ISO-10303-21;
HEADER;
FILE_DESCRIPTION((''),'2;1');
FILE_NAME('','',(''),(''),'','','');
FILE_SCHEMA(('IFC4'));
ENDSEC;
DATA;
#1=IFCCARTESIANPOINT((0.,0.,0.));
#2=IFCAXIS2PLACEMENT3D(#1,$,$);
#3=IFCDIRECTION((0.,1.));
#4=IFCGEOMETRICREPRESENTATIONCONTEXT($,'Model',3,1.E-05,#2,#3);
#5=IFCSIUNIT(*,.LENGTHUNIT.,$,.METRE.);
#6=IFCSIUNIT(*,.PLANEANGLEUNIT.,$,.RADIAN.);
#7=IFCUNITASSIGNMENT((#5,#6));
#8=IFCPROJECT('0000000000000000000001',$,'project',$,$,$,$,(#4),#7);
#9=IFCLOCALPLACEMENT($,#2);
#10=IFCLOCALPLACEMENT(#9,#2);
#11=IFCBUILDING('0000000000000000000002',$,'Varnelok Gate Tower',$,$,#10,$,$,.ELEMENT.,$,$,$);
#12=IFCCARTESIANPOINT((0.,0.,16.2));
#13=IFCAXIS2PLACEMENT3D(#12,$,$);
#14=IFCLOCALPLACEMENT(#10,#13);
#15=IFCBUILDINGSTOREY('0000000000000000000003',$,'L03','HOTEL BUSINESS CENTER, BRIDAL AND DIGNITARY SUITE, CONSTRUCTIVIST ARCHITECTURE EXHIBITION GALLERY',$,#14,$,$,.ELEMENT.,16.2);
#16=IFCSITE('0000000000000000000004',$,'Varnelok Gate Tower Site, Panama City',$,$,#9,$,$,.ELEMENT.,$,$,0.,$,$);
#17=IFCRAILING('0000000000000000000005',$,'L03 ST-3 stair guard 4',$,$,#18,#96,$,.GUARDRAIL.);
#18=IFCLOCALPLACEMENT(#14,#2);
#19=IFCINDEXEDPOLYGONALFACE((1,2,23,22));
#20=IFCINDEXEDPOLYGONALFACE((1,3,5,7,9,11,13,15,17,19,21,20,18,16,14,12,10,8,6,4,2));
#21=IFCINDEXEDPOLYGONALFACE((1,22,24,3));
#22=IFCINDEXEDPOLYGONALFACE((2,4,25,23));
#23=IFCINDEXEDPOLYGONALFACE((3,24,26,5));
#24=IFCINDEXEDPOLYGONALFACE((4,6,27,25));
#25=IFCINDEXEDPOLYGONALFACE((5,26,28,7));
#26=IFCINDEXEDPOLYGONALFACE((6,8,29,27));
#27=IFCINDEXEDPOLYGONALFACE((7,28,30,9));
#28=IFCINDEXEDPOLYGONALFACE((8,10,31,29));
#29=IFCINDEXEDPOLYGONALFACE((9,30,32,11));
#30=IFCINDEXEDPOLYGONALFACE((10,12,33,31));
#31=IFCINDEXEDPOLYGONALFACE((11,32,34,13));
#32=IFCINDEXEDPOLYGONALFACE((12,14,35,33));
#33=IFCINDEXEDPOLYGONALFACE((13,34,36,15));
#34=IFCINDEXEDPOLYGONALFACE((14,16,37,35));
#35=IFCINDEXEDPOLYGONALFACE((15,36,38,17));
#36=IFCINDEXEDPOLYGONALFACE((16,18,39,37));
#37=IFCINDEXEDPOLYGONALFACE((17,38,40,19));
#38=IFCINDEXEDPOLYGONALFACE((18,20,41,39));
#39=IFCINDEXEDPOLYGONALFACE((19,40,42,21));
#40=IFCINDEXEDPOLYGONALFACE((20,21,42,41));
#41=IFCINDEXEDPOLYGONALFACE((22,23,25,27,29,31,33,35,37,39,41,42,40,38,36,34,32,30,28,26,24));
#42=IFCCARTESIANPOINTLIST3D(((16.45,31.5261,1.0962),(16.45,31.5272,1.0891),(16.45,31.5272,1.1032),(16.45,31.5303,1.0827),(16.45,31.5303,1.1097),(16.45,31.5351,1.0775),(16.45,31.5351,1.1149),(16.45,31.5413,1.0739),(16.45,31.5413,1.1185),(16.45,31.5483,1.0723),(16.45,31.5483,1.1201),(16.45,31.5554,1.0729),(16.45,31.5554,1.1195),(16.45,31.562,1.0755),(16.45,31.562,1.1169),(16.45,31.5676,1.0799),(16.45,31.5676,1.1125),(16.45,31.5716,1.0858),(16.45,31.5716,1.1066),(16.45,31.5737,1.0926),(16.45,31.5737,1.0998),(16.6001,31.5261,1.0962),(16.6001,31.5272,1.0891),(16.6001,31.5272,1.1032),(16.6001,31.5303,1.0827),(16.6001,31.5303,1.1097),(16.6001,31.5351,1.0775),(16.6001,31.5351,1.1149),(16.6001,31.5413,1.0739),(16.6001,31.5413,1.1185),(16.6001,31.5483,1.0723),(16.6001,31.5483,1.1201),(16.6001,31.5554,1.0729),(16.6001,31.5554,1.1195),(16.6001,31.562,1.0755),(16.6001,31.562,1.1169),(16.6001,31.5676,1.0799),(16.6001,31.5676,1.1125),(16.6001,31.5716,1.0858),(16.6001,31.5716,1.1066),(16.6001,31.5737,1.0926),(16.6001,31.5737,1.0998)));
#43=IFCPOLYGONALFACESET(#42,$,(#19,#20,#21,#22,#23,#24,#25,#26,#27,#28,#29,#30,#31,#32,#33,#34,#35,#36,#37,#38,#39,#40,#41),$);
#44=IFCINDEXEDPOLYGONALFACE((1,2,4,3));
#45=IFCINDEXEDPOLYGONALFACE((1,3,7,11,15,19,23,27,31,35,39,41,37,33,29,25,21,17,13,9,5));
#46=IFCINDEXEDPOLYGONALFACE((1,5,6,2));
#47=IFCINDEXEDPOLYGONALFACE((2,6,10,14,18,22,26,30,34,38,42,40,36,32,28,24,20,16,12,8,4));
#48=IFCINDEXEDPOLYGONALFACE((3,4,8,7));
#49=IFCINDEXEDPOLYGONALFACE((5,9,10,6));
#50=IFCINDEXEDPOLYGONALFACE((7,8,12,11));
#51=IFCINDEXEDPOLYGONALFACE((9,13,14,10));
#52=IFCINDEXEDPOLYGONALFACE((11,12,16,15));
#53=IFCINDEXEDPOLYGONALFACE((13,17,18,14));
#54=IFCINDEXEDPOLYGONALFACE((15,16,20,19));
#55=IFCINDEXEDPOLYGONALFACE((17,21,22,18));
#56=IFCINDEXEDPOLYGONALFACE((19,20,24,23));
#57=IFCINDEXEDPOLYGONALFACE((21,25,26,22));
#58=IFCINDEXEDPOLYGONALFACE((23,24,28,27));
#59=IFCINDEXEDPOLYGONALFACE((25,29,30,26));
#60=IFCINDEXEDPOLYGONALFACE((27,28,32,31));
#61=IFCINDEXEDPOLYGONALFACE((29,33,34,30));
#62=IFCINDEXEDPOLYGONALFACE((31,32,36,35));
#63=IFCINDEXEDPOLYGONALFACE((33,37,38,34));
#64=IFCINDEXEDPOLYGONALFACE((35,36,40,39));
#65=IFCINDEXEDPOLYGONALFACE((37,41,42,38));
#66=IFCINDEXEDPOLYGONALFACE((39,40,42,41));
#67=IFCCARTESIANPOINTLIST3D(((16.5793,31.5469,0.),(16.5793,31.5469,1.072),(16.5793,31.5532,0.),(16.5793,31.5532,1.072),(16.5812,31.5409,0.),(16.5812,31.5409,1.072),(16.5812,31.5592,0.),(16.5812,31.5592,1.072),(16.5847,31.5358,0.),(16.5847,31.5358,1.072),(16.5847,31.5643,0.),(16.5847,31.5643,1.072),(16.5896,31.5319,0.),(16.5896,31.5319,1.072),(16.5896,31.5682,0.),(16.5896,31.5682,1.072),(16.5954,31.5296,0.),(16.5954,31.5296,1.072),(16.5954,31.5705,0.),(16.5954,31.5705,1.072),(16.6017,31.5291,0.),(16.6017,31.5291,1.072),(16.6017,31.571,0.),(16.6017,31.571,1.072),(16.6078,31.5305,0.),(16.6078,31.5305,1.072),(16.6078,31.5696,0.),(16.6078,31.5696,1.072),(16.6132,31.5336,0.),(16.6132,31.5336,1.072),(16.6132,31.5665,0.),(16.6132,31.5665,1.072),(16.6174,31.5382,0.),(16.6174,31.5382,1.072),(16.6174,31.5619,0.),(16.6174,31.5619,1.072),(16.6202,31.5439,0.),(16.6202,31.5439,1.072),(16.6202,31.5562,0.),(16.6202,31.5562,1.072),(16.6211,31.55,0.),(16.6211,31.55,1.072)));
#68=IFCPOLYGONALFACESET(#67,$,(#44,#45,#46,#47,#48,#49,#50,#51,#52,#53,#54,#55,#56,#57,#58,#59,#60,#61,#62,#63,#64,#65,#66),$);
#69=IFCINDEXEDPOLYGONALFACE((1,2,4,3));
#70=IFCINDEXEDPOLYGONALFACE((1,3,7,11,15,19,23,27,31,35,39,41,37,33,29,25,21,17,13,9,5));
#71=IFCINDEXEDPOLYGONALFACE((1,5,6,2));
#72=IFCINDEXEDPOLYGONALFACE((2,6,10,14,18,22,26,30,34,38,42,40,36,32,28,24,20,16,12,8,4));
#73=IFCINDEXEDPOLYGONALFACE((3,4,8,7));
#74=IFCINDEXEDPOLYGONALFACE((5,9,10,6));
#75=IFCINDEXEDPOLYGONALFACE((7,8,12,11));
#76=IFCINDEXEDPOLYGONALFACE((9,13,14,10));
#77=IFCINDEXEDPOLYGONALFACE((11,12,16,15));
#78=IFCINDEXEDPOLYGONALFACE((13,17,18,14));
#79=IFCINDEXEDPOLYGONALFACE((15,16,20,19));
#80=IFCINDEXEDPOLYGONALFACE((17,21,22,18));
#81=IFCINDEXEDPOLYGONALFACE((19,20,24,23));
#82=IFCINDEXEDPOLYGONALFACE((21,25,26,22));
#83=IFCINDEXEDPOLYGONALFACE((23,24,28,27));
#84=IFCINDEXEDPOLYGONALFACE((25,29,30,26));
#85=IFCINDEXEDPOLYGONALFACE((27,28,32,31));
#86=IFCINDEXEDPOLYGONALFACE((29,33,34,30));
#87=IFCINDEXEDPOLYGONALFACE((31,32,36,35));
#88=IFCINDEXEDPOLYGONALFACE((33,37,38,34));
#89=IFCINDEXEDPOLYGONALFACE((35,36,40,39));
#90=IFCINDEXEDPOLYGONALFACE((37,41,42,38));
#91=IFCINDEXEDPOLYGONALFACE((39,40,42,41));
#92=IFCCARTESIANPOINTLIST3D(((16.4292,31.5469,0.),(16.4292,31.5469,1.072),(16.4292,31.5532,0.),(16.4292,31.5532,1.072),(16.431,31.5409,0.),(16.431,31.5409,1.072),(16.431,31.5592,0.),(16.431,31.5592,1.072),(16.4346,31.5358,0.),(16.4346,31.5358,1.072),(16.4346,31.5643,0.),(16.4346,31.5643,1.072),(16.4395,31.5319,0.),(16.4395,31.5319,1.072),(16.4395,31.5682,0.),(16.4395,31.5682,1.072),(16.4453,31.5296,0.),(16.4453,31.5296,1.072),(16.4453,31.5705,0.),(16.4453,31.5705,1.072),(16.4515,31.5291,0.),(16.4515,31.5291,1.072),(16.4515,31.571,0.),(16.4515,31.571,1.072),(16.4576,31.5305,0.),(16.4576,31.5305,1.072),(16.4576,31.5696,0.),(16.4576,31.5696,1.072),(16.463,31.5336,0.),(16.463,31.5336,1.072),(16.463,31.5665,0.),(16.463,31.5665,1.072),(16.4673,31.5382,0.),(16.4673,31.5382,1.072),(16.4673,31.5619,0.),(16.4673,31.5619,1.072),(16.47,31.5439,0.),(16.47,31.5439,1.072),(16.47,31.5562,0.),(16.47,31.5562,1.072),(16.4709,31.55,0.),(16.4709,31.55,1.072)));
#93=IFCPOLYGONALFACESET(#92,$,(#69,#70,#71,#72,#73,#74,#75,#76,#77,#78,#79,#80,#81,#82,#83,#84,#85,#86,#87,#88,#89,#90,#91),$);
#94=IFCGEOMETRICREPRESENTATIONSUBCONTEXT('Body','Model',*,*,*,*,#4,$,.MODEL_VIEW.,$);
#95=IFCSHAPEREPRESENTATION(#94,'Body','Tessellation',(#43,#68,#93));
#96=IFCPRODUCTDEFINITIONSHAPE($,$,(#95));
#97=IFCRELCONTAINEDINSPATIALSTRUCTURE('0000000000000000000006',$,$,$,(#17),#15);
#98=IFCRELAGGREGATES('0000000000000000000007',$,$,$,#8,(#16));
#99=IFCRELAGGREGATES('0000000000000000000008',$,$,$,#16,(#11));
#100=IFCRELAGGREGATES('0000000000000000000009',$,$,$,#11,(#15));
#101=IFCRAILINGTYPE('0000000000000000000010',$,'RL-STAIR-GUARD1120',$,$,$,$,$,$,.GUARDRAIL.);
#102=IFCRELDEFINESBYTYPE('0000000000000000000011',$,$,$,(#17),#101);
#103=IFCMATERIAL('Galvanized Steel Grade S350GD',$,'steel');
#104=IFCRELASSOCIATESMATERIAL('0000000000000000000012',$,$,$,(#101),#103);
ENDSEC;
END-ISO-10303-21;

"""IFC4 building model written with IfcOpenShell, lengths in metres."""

from ifc_helpers import new_model, si_unit, direction, frame, origin, origin_2d, place, context, subcontext, project, spatial, circle, extrude, material, type_object, element, save


model = new_model("IFC4")

# Units and contexts
model_context = context("Model", 3, precision=1e-05, world=origin(), true_north=direction((0.0, 1.0)))
body_context = subcontext(model_context, "Body", "Model", "MODEL_VIEW")
ifc_project = project(units=[si_unit("LENGTHUNIT", "METRE"), si_unit("PLANEANGLEUNIT", "RADIAN")], contexts=[model_context])

# Site, building, storey
site_placement = place(None, origin())
site = spatial("IfcSite", under=ifc_project, at=site_placement, Name="Varnelok Gate Tower Site, Panama City", CompositionType="ELEMENT", RefElevation=0.0)
building_placement = place(site_placement, origin())
building = spatial("IfcBuilding", under=site, at=building_placement, Name="Varnelok Gate Tower", CompositionType="ELEMENT")
storey_placement = place(building_placement, frame((0.0, 0.0, 16.2)))
storey = spatial("IfcBuildingStorey", under=building, at=storey_placement, Name="L03", Description="HOTEL BUSINESS CENTER, BRIDAL AND DIGNITARY SUITE, CONSTRUCTIVIST ARCHITECTURE EXHIBITION GALLERY", CompositionType="ELEMENT", Elevation=16.2)

# Railing
ifc_material_1 = material(Name="Galvanized Steel Grade S350GD", Category="steel")
railing_type_1 = type_object("IfcRailingType", Name="RL-STAIR-GUARD1120", PredefinedType="GUARDRAIL", material=ifc_material_1)
railing_1_placement = place(storey_placement, frame((16.6001, 31.55, 0.0)))
element("IfcRailing", 1, at=railing_1_placement, inside=storey, type_object=railing_type_1, Name="L03 ST-3 stair guard 4", PredefinedType="GUARDRAIL", context=body_context, shape_type="SweptSolid", body=[
    extrude(circle(Radius=0.0239, at=origin_2d()), frame((0.0, 0.0, 1.0962), z_axis=(-1.0, 0.0, 0.0), x_axis=(0.0, -1.0, 0.0)), (0.0, 0.0, 1.0), 0.1501),
    extrude(circle(Radius=0.021, at=origin_2d()), origin(), (0.0, 0.0, 1.0), 1.072),
    extrude(circle(Radius=0.021, at=origin_2d()), frame((-0.1501, 0.0, 0.0)), (0.0, 0.0, 1.0), 1.072),
])

save(model, "model.ifc")
